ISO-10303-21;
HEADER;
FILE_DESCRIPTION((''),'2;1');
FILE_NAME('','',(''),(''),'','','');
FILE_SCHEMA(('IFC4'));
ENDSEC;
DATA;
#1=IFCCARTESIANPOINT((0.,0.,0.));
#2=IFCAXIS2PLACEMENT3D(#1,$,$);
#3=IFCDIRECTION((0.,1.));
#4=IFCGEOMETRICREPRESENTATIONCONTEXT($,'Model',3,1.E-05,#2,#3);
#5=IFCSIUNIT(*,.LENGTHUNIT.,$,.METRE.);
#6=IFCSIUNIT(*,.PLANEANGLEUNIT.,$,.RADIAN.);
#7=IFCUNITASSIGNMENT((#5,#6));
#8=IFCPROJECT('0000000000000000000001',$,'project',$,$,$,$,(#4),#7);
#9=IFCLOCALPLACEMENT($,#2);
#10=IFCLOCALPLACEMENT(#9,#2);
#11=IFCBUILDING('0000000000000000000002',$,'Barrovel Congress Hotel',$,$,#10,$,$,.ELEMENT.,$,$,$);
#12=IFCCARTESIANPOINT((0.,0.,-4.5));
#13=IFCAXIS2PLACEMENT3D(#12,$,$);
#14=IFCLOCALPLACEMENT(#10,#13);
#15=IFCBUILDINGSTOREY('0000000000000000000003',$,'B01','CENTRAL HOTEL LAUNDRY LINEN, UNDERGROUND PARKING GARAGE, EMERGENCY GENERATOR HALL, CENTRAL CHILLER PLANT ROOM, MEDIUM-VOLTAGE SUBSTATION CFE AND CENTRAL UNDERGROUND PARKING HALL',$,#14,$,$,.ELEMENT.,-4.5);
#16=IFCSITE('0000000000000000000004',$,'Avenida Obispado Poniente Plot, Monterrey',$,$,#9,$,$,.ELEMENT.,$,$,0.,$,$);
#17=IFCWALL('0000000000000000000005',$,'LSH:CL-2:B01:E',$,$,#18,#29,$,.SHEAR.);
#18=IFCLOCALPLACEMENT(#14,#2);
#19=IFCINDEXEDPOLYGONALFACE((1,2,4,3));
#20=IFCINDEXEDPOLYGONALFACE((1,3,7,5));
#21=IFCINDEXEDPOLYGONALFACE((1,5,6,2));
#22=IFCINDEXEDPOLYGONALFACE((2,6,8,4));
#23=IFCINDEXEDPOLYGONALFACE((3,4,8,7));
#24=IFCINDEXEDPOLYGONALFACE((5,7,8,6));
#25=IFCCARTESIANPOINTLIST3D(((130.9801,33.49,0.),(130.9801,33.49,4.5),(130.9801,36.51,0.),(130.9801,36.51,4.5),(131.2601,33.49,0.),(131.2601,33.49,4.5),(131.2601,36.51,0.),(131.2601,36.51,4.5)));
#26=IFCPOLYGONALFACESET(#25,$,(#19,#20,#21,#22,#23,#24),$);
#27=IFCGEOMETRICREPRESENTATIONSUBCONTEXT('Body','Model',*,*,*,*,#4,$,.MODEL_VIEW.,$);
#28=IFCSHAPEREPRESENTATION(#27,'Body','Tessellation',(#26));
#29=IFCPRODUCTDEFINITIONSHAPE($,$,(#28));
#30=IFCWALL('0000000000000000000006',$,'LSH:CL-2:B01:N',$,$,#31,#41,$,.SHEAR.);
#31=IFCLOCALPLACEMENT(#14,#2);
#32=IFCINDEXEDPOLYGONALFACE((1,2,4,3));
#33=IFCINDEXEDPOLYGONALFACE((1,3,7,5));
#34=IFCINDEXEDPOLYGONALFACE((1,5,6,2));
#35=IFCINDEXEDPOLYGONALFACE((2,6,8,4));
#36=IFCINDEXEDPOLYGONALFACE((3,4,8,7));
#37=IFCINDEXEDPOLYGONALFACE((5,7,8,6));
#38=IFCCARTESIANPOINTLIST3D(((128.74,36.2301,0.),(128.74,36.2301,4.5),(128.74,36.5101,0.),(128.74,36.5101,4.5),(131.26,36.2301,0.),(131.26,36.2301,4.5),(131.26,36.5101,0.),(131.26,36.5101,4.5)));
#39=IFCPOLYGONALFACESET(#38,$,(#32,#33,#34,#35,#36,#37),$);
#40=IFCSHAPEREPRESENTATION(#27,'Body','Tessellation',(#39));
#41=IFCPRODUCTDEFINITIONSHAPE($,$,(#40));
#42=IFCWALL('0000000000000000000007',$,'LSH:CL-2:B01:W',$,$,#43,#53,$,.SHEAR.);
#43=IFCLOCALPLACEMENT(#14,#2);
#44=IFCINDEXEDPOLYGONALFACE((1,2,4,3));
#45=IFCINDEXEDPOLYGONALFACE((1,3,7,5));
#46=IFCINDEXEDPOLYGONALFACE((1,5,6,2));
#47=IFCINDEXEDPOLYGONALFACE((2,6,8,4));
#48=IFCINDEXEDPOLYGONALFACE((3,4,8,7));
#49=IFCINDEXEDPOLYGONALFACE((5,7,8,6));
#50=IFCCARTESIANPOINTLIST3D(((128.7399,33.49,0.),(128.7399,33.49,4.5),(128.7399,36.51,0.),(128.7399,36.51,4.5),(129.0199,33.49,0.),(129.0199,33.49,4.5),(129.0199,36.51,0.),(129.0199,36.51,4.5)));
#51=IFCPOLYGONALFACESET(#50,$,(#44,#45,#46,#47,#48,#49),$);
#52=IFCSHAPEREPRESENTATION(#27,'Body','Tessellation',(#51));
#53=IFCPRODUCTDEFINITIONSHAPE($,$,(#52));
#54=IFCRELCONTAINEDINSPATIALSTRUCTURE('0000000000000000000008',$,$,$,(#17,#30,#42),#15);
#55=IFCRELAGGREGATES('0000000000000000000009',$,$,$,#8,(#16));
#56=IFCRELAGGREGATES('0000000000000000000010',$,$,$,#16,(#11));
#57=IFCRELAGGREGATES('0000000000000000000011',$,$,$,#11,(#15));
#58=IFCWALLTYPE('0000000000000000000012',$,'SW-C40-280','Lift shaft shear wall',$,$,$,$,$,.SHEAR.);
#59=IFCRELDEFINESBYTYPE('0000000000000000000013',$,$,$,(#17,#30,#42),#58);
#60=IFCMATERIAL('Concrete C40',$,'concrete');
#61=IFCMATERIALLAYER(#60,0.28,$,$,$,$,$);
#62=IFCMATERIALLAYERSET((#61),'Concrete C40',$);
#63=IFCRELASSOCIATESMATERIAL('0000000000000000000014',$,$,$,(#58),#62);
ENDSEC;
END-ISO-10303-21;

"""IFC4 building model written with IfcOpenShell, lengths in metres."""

from ifc_helpers import new_model, si_unit, direction, frame, frame_2d, origin, place, context, subcontext, project, spatial, rectangle, extrude, material, layer, layer_set, type_object, element, save


model = new_model("IFC4")

# Units and contexts
model_context = context("Model", 3, precision=1e-05, world=origin(), true_north=direction((0.0, 1.0)))
body_context = subcontext(model_context, "Body", "Model", "MODEL_VIEW")
ifc_project = project(units=[si_unit("LENGTHUNIT", "METRE"), si_unit("PLANEANGLEUNIT", "RADIAN")], contexts=[model_context])

# Site, building, storey
site_placement = place(None, origin())
site = spatial("IfcSite", under=ifc_project, at=site_placement, Name="Avenida Obispado Poniente Plot, Monterrey", CompositionType="ELEMENT", RefElevation=0.0)
building_placement = place(site_placement, origin())
building = spatial("IfcBuilding", under=site, at=building_placement, Name="Barrovel Congress Hotel", CompositionType="ELEMENT")
storey_placement = place(building_placement, frame((0.0, 0.0, -4.5)))
storey = spatial("IfcBuildingStorey", under=building, at=storey_placement, Name="B01", Description="CENTRAL HOTEL LAUNDRY LINEN, UNDERGROUND PARKING GARAGE, EMERGENCY GENERATOR HALL, CENTRAL CHILLER PLANT ROOM, MEDIUM-VOLTAGE SUBSTATION CFE AND CENTRAL UNDERGROUND PARKING HALL", CompositionType="ELEMENT", Elevation=-4.5)

# Shared definitions
ifc_material_1 = material(Name="Concrete C40", Category="concrete")

# Shared definitions
ifc_layer_1 = layer(ifc_material_1, 0.28)
ifc_layer_set_1 = layer_set([ifc_layer_1], Name="Concrete C40")
wall_type_1 = type_object("IfcWallType", Name="SW-C40-280", Description="Lift shaft shear wall", PredefinedType="SHEAR", material=ifc_layer_set_1)

# Walls
wall_1_placement = place(storey_placement, frame((131.1201, 33.49, 0.0), z_axis=(0.0, 0.0, 1.0), x_axis=(0.0, 1.0, 0.0)))
element("IfcWall", 1, at=wall_1_placement, inside=storey, type_object=wall_type_1, Name="LSH:CL-2:B01:E", PredefinedType="SHEAR", context=body_context, shape_type="SweptSolid", body=[
    extrude(rectangle(XDim=3.02, YDim=0.28, at=frame_2d((1.51, 0.0))), origin(), (0.0, 0.0, 1.0), 4.5),
])
wall_2_placement = place(storey_placement, frame((131.26, 36.3701, 0.0), z_axis=(0.0, 0.0, 1.0), x_axis=(-1.0, 0.0, 0.0)))
element("IfcWall", 2, at=wall_2_placement, inside=storey, type_object=wall_type_1, Name="LSH:CL-2:B01:N", PredefinedType="SHEAR", context=body_context, shape_type="SweptSolid", body=[
    extrude(rectangle(XDim=2.52, YDim=0.28, at=frame_2d((1.26, 0.0))), origin(), (0.0, 0.0, 1.0), 4.5),
])
wall_3_placement = place(storey_placement, frame((128.8799, 36.51, 0.0), z_axis=(0.0, 0.0, 1.0), x_axis=(0.0, -1.0, 0.0)))
element("IfcWall", 3, at=wall_3_placement, inside=storey, type_object=wall_type_1, Name="LSH:CL-2:B01:W", PredefinedType="SHEAR", context=body_context, shape_type="SweptSolid", body=[
    extrude(rectangle(XDim=3.02, YDim=0.28, at=frame_2d((1.51, 0.0))), origin(), (0.0, 0.0, 1.0), 4.5),
])

save(model, "model.ifc")
